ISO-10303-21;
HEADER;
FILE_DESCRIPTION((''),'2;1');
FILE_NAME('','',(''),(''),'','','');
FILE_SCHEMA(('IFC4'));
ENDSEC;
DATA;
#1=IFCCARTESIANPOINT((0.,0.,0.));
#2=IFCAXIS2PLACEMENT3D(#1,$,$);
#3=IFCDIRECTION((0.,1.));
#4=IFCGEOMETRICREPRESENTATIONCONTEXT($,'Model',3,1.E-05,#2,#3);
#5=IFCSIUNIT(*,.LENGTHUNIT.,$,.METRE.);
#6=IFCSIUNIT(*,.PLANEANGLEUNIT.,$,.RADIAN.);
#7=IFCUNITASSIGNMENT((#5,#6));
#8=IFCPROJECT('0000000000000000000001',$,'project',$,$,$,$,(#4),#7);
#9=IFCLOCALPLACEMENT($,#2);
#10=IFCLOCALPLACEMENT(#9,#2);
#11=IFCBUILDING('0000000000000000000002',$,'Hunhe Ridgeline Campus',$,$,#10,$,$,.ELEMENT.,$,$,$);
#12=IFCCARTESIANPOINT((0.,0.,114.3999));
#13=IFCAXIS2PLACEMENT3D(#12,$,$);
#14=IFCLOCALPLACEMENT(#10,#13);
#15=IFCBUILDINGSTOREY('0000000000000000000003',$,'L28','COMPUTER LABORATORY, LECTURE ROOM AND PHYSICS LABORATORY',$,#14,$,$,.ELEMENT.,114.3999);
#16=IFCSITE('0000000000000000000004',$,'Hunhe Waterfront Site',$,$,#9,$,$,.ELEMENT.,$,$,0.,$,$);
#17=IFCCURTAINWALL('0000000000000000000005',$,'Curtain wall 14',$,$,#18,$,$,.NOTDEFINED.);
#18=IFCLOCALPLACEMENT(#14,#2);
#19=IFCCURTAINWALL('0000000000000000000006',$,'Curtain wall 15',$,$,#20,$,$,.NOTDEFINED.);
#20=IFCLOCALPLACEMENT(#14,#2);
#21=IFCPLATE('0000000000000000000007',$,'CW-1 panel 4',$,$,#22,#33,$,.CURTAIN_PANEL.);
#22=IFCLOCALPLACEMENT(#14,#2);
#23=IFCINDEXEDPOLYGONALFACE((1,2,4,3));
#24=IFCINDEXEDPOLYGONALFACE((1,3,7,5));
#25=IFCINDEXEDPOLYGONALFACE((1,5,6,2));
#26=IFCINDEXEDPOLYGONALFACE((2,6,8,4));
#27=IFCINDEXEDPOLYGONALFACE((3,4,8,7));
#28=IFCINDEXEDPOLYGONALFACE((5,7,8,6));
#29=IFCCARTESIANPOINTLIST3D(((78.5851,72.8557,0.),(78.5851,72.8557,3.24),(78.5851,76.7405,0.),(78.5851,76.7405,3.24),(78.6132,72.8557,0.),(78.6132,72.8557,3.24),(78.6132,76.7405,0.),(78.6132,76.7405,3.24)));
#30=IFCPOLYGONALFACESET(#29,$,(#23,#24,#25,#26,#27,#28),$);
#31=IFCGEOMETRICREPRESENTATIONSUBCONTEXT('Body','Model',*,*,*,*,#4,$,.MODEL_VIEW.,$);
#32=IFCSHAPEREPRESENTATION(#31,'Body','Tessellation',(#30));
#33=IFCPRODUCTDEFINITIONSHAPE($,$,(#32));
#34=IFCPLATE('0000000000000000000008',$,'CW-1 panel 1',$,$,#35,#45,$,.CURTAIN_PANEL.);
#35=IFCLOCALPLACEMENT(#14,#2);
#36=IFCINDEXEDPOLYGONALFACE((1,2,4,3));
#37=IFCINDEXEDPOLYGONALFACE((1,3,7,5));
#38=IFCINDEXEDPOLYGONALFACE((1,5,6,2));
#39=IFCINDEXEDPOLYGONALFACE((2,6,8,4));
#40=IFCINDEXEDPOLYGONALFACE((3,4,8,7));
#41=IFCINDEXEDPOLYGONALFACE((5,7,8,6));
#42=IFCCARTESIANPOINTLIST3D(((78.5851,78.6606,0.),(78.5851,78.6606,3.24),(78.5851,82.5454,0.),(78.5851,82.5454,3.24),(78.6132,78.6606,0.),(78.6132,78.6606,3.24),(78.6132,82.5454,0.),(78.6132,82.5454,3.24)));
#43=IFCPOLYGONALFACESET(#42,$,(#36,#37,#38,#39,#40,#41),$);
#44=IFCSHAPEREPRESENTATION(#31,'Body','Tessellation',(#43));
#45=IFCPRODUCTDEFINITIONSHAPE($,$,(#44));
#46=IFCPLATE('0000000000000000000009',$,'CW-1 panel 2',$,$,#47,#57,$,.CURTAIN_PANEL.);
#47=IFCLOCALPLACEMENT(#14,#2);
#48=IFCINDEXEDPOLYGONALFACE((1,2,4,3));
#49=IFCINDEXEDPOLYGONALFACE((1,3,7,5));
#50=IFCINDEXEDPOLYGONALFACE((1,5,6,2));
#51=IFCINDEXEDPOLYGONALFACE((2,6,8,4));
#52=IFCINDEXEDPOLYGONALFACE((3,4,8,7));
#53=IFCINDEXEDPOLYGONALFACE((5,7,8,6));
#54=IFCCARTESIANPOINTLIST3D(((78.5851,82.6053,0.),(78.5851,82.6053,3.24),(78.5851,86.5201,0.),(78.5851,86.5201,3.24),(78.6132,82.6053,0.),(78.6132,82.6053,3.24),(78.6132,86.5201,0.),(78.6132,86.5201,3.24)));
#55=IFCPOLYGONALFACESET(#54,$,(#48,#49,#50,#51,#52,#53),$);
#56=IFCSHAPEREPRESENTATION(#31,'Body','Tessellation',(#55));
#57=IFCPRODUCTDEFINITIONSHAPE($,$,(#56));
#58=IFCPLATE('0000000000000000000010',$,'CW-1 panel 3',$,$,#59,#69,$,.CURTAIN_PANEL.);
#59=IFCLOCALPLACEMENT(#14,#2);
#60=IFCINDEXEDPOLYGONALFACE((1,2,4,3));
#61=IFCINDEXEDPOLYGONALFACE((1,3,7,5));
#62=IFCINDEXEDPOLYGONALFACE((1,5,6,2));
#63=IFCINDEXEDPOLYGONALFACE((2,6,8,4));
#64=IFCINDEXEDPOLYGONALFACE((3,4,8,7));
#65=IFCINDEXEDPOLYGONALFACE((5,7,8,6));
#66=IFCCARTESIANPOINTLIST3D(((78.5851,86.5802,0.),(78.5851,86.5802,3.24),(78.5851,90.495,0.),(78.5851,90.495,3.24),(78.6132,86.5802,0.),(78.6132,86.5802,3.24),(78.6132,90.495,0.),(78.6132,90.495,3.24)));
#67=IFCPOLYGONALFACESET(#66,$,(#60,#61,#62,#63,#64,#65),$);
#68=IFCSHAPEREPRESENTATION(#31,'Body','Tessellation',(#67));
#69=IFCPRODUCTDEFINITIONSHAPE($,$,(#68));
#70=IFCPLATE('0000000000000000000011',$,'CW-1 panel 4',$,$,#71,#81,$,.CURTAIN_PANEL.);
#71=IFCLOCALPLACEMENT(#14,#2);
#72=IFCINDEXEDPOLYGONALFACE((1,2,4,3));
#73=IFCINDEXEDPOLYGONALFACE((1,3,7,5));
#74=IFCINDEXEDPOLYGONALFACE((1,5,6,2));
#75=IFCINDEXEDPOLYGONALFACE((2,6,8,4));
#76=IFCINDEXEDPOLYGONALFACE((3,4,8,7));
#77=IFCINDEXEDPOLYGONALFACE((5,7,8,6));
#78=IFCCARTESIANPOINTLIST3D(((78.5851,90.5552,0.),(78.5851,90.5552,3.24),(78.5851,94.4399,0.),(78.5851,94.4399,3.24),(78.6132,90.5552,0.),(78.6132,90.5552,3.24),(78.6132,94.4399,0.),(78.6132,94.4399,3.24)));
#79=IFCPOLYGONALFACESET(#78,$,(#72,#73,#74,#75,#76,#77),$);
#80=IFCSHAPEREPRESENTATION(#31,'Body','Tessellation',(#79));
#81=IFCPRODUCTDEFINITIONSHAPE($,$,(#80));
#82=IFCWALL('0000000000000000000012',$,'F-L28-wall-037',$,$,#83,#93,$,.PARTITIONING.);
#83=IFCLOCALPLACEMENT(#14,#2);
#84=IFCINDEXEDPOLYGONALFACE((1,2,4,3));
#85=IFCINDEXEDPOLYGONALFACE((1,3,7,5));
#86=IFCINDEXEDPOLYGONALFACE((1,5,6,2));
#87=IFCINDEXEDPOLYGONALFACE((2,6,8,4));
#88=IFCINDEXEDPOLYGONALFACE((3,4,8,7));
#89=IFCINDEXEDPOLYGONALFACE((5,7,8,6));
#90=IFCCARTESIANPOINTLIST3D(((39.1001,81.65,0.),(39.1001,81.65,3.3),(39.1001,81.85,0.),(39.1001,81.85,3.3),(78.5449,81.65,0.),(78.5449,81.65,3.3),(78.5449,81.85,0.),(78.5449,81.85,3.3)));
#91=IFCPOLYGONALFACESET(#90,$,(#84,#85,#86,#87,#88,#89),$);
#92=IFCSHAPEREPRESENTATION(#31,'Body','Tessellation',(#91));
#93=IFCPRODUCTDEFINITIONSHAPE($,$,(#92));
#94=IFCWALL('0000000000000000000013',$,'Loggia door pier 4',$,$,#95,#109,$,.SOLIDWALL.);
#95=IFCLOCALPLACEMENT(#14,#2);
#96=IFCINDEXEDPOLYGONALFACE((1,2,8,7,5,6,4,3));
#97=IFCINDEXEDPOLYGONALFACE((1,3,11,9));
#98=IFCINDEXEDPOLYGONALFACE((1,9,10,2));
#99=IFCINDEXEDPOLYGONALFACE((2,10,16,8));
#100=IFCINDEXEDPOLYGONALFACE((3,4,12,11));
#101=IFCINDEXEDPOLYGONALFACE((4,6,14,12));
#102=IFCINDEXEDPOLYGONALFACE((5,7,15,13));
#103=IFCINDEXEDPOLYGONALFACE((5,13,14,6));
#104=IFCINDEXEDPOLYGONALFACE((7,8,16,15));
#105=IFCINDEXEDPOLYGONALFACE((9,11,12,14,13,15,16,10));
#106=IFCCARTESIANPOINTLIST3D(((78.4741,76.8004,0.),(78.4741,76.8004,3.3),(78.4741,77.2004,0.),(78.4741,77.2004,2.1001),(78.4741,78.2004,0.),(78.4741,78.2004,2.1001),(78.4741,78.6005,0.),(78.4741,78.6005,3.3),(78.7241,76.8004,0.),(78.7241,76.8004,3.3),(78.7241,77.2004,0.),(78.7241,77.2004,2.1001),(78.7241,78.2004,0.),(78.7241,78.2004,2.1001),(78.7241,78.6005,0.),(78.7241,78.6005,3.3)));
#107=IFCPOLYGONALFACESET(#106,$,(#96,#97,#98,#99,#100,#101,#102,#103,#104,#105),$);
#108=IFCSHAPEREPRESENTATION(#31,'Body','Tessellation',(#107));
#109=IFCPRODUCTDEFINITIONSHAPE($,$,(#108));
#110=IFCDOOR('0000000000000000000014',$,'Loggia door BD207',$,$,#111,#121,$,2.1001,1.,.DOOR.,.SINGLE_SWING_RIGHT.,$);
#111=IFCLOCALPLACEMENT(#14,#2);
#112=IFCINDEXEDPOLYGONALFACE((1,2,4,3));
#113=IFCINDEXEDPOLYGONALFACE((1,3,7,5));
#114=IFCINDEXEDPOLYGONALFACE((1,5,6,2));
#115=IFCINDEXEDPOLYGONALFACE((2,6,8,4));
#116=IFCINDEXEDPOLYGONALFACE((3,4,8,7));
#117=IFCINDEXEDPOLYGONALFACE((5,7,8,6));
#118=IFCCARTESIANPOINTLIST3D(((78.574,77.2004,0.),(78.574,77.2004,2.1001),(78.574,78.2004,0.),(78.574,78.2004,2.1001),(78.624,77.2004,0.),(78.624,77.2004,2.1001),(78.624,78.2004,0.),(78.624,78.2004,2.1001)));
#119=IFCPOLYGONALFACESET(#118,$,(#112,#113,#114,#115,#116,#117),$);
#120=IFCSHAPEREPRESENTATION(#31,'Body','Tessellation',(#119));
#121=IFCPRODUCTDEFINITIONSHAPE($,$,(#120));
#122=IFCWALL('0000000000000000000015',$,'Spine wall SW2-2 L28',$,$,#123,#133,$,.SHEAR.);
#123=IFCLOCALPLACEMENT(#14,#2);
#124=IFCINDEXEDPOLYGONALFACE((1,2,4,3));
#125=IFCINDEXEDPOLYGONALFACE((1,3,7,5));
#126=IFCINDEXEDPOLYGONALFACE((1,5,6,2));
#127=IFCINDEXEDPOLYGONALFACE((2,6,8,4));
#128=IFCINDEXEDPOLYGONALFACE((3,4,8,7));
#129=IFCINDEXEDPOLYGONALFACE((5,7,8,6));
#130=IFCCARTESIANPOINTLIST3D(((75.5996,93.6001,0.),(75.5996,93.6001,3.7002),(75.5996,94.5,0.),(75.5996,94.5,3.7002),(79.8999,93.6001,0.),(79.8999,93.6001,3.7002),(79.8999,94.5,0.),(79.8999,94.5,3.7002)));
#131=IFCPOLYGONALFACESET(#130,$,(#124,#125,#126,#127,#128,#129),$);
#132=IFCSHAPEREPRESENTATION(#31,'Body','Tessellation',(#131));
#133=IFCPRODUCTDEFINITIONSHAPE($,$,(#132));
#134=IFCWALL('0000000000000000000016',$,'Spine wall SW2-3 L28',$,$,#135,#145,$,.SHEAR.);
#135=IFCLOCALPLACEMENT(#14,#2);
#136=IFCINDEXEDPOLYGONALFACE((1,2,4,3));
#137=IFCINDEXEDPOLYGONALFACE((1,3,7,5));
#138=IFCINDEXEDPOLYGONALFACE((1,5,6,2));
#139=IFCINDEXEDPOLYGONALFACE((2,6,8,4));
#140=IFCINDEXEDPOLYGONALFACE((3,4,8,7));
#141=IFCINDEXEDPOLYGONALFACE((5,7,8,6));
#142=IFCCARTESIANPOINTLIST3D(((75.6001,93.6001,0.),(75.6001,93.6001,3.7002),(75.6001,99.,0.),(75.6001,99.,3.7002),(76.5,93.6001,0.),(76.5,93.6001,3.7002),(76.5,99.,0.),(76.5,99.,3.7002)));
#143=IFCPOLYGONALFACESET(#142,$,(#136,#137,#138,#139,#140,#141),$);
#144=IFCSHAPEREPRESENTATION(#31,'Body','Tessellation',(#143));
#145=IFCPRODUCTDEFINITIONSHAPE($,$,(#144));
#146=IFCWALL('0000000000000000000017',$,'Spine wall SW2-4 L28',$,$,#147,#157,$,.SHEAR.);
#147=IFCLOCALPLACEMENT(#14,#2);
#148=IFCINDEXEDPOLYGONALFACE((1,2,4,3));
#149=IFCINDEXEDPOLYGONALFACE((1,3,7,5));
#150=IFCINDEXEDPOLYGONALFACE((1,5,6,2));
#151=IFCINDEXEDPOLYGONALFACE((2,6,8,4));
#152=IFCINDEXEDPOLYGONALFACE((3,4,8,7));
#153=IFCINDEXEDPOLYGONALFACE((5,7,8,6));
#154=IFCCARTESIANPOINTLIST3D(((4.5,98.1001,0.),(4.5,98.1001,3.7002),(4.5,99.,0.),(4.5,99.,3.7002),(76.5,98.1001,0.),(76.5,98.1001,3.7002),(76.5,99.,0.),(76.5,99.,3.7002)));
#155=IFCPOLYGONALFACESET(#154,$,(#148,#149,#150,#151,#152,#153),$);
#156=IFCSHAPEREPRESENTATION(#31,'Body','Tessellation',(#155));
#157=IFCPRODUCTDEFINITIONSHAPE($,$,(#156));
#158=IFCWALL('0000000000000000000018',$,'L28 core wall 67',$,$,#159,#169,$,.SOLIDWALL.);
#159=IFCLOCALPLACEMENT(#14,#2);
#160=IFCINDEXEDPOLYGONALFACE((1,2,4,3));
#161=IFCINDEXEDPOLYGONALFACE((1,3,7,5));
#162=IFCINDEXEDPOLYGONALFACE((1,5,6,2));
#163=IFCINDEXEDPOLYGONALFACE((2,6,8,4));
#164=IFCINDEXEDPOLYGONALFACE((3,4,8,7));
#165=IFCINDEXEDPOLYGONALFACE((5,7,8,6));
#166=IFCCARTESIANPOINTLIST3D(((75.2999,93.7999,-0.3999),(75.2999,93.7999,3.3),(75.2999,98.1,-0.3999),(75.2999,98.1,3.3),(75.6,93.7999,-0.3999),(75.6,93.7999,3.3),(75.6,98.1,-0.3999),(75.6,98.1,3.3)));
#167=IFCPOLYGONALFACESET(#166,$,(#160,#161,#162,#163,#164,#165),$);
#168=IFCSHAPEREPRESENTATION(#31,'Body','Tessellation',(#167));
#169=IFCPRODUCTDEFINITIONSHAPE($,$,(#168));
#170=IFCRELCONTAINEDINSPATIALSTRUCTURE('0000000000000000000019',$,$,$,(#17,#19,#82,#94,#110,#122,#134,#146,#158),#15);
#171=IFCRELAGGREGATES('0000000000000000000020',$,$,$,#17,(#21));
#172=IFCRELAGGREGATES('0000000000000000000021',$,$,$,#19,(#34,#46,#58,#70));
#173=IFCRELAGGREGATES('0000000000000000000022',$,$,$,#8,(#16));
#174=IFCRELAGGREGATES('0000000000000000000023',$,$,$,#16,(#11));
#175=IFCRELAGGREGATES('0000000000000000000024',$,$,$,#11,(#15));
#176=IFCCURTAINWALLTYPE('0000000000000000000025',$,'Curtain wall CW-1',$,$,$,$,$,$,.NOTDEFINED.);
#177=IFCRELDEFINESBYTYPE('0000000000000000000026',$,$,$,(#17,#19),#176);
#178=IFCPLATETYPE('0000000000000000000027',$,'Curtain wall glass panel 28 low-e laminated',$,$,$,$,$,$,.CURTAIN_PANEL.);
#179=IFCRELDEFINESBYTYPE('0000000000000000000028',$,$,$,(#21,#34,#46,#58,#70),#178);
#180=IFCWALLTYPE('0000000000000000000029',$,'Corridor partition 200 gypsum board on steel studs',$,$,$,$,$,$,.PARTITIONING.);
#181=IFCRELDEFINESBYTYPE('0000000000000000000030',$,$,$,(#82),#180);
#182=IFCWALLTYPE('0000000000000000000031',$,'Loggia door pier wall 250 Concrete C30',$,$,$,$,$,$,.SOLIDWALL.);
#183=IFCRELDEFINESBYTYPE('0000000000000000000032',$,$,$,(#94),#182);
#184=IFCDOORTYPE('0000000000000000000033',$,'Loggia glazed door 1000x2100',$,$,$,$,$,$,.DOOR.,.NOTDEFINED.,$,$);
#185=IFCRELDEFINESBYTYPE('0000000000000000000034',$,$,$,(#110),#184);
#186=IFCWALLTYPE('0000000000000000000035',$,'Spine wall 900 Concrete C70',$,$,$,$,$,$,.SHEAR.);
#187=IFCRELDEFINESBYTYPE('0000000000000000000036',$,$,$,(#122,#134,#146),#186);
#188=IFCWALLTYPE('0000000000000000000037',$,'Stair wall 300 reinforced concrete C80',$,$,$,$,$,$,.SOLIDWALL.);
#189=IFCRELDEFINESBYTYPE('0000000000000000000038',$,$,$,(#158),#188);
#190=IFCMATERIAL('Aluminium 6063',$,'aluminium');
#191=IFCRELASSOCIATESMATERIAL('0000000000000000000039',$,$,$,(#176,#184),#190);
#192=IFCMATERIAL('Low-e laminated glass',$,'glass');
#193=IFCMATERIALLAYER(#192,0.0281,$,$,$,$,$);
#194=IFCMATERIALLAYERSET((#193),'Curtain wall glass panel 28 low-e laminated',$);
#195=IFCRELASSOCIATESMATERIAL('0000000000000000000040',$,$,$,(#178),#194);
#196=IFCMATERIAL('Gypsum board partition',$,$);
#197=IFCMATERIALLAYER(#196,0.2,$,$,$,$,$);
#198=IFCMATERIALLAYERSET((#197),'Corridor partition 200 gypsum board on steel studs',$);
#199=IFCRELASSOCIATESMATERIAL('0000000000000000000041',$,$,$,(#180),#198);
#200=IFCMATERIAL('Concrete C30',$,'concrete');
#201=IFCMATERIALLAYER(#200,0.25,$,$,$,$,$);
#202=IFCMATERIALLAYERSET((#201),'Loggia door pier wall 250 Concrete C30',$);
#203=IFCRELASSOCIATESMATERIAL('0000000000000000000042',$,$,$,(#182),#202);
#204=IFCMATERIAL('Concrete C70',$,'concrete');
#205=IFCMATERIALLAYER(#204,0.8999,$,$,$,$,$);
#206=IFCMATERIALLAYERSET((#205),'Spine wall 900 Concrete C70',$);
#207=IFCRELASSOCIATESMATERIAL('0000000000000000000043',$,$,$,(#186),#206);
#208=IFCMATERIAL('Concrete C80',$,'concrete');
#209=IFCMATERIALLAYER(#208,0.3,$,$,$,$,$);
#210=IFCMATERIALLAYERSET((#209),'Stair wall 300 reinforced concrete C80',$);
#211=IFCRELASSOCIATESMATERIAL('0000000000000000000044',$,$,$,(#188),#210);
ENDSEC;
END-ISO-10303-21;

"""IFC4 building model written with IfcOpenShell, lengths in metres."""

from ifc_helpers import new_model, si_unit, direction, frame, frame_2d, origin, origin_2d, place, context, subcontext, project, spatial, rectangle, extrude, material, layer, layer_set, type_object, element, fill, aggregate, save


model = new_model("IFC4")

# Units and contexts
model_context = context("Model", 3, precision=1e-05, world=origin(), true_north=direction((0.0, 1.0)))
body_context = subcontext(model_context, "Body", "Model", "MODEL_VIEW")
ifc_project = project(units=[si_unit("LENGTHUNIT", "METRE"), si_unit("PLANEANGLEUNIT", "RADIAN")], contexts=[model_context])

# Site, building, storey
site_placement = place(None, origin())
site = spatial("IfcSite", under=ifc_project, at=site_placement, Name="Hunhe Waterfront Site", CompositionType="ELEMENT", RefElevation=0.0)
building_placement = place(site_placement, origin())
building = spatial("IfcBuilding", under=site, at=building_placement, Name="Hunhe Ridgeline Campus", CompositionType="ELEMENT")
storey_placement = place(building_placement, frame((0.0, 0.0, 114.3999)))
storey = spatial("IfcBuildingStorey", under=building, at=storey_placement, Name="L28", Description="COMPUTER LABORATORY, LECTURE ROOM AND PHYSICS LABORATORY", CompositionType="ELEMENT", Elevation=114.3999)

# Shared definitions
ifc_material_1 = material(Name="Concrete C70", Category="concrete")

# Curtain wall
ifc_material_2 = material(Name="Aluminium 6063", Category="aluminium")
curtain_wall_type = type_object("IfcCurtainWallType", Name="Curtain wall CW-1", PredefinedType="NOTDEFINED", material=ifc_material_2)
curtain_wall_1_placement = place(storey_placement, origin())
curtain_wall_1 = element("IfcCurtainWall", 1, at=curtain_wall_1_placement, inside=storey, type_object=curtain_wall_type, Name="Curtain wall 14", PredefinedType="NOTDEFINED")

# Curtain wall
curtain_wall_2_placement = place(storey_placement, origin())
curtain_wall_2 = element("IfcCurtainWall", 2, at=curtain_wall_2_placement, inside=storey, type_object=curtain_wall_type, Name="Curtain wall 15", PredefinedType="NOTDEFINED")

# Plates
ifc_material_3 = material(Name="Low-e laminated glass", Category="glass")
ifc_layer_1 = layer(ifc_material_3, 0.0281)
ifc_layer_set_1 = layer_set([ifc_layer_1], Name="Curtain wall glass panel 28 low-e laminated")
plate_type = type_object("IfcPlateType", Name="Curtain wall glass panel 28 low-e laminated", PredefinedType="CURTAIN_PANEL", material=ifc_layer_set_1)
plate_1_placement = place(storey_placement, frame((78.5991, 74.7981, 0.0), z_axis=(0.0, 0.0, 1.0), x_axis=(0.0, 1.0, 0.0)))
plate_1 = element("IfcPlate", 3, at=plate_1_placement, type_object=plate_type, Name="CW-1 panel 4", PredefinedType="CURTAIN_PANEL", context=body_context, shape_type="SweptSolid", body=[
    extrude(rectangle(XDim=3.8848, YDim=0.0281, at=origin_2d()), origin(), (0.0, 0.0, 1.0), 3.24),
])
aggregate(curtain_wall_1, [plate_1])
plate_2_placement = place(storey_placement, frame((78.5991, 80.603, 0.0), z_axis=(0.0, 0.0, 1.0), x_axis=(0.0, 1.0, 0.0)))
plate_2 = element("IfcPlate", 4, at=plate_2_placement, type_object=plate_type, Name="CW-1 panel 1", PredefinedType="CURTAIN_PANEL", context=body_context, shape_type="SweptSolid", body=[
    extrude(rectangle(XDim=3.8848, YDim=0.0281, at=origin_2d()), origin(), (0.0, 0.0, 1.0), 3.24),
])
plate_3_placement = place(storey_placement, frame((78.5991, 84.5627, 0.0), z_axis=(0.0, 0.0, 1.0), x_axis=(0.0, 1.0, 0.0)))
plate_3 = element("IfcPlate", 5, at=plate_3_placement, type_object=plate_type, Name="CW-1 panel 2", PredefinedType="CURTAIN_PANEL", context=body_context, shape_type="SweptSolid", body=[
    extrude(rectangle(XDim=3.9148, YDim=0.0281, at=origin_2d()), origin(), (0.0, 0.0, 1.0), 3.24),
])
plate_4_placement = place(storey_placement, frame((78.5991, 88.5376, 0.0), z_axis=(0.0, 0.0, 1.0), x_axis=(0.0, 1.0, 0.0)))
plate_4 = element("IfcPlate", 6, at=plate_4_placement, type_object=plate_type, Name="CW-1 panel 3", PredefinedType="CURTAIN_PANEL", context=body_context, shape_type="SweptSolid", body=[
    extrude(rectangle(XDim=3.9148, YDim=0.0281, at=origin_2d()), origin(), (0.0, 0.0, 1.0), 3.24),
])
plate_5_placement = place(storey_placement, frame((78.5991, 92.4976, 0.0), z_axis=(0.0, 0.0, 1.0), x_axis=(0.0, 1.0, 0.0)))
plate_5 = element("IfcPlate", 7, at=plate_5_placement, type_object=plate_type, Name="CW-1 panel 4", PredefinedType="CURTAIN_PANEL", context=body_context, shape_type="SweptSolid", body=[
    extrude(rectangle(XDim=3.8848, YDim=0.0281, at=origin_2d()), origin(), (0.0, 0.0, 1.0), 3.24),
])
aggregate(curtain_wall_2, [plate_2, plate_3, plate_4, plate_5])

# Wall
ifc_material_4 = material(Name="Gypsum board partition")
ifc_layer_2 = layer(ifc_material_4, 0.2)
ifc_layer_set_2 = layer_set([ifc_layer_2], Name="Corridor partition 200 gypsum board on steel studs")
wall_type_1 = type_object("IfcWallType", Name="Corridor partition 200 gypsum board on steel studs", PredefinedType="PARTITIONING", material=ifc_layer_set_2)
wall_1_placement = place(storey_placement, frame((78.5449, 81.75, 0.0), z_axis=(0.0, 0.0, 1.0), x_axis=(-1.0, 0.0, 0.0)))
element("IfcWall", 8, at=wall_1_placement, inside=storey, type_object=wall_type_1, Name="F-L28-wall-037", PredefinedType="PARTITIONING", context=body_context, shape_type="SweptSolid", body=[
    extrude(rectangle(XDim=39.4448, YDim=0.2, at=frame_2d((19.7224, 0.0))), origin(), (0.0, 0.0, 1.0), 3.3),
])

# Wall, opening, door
ifc_material_5 = material(Name="Concrete C30", Category="concrete")
ifc_layer_3 = layer(ifc_material_5, 0.25)
ifc_layer_set_3 = layer_set([ifc_layer_3], Name="Loggia door pier wall 250 Concrete C30")
wall_type_2 = type_object("IfcWallType", Name="Loggia door pier wall 250 Concrete C30", PredefinedType="SOLIDWALL", material=ifc_layer_set_3)
wall_2_placement = place(storey_placement, frame((78.5991, 76.8005, 0.0), z_axis=(0.0, 0.0, 1.0), x_axis=(0.0, 1.0, 0.0)))
wall_2 = element("IfcWall", 9, at=wall_2_placement, inside=storey, type_object=wall_type_2, Name="Loggia door pier 4", PredefinedType="SOLIDWALL", context=body_context, shape_type="SweptSolid", body=[
    extrude(rectangle(XDim=1.8, YDim=0.25, at=frame_2d((0.8999, 0.0))), origin(), (0.0, 0.0, 1.0), 3.3),
])
opening_placement = place(wall_2_placement, frame((0.3999, 0.0, 0.0)))
opening = element("IfcOpeningElement", 10, at=opening_placement, cuts=wall_2, PredefinedType="OPENING", context=body_context, shape_type="SweptSolid", body=[
    extrude(rectangle(XDim=1.0, YDim=2.1001, at=frame_2d((0.5, 1.05))), frame((0.0, 0.125, 0.0), z_axis=(0.0, -1.0, 0.0), x_axis=(1.0, 0.0, 0.0)), (0.0, 0.0, 1.0), 0.25),
])
door_type = type_object("IfcDoorType", Name="Loggia glazed door 1000x2100", OperationType="NOTDEFINED", PredefinedType="DOOR", material=ifc_material_2)
door_placement = place(opening_placement, frame((1.0, 0.0, 0.0), z_axis=(0.0, 0.0, 1.0), x_axis=(-1.0, 0.0, 0.0)))
door = element("IfcDoor", 11, at=door_placement, inside=storey, type_object=door_type, Name="Loggia door BD207", OperationType="SINGLE_SWING_RIGHT", OverallHeight=2.1001, OverallWidth=1.0, PredefinedType="DOOR", context=body_context, shape_type="SweptSolid", body=[
    extrude(rectangle(XDim=1.0, YDim=2.1001, at=frame_2d((0.5, 1.05))), frame((0.0, 0.0249, 0.0), z_axis=(0.0, -1.0, 0.0), x_axis=(1.0, 0.0, 0.0)), (0.0, 0.0, 1.0), 0.05),
])
fill(opening, door)

# Walls
ifc_layer_4 = layer(ifc_material_1, 0.8999)
ifc_layer_set_4 = layer_set([ifc_layer_4], Name="Spine wall 900 Concrete C70")
wall_type_3 = type_object("IfcWallType", Name="Spine wall 900 Concrete C70", PredefinedType="SHEAR", material=ifc_layer_set_4)
wall_3_placement = place(storey_placement, frame((79.8999, 94.05, 0.0), z_axis=(0.0, 0.0, 1.0), x_axis=(-1.0, 0.0, 0.0)))
element("IfcWall", 12, at=wall_3_placement, inside=storey, type_object=wall_type_3, Name="Spine wall SW2-2 L28", PredefinedType="SHEAR", context=body_context, shape_type="SweptSolid", body=[
    extrude(rectangle(XDim=4.3003, YDim=0.8999, at=frame_2d((2.1501, 0.0))), origin(), (0.0, 0.0, 1.0), 3.7002),
])
wall_4_placement = place(storey_placement, frame((76.05, 93.6001, 0.0), z_axis=(0.0, 0.0, 1.0), x_axis=(0.0, 1.0, 0.0)))
element("IfcWall", 13, at=wall_4_placement, inside=storey, type_object=wall_type_3, Name="Spine wall SW2-3 L28", PredefinedType="SHEAR", context=body_context, shape_type="SweptSolid", body=[
    extrude(rectangle(XDim=5.3999, YDim=0.8999, at=frame_2d((2.7, 0.0))), origin(), (0.0, 0.0, 1.0), 3.7002),
])
wall_5_placement = place(storey_placement, frame((76.5, 98.55, 0.0), z_axis=(0.0, 0.0, 1.0), x_axis=(-1.0, 0.0, 0.0)))
element("IfcWall", 14, at=wall_5_placement, inside=storey, type_object=wall_type_3, Name="Spine wall SW2-4 L28", PredefinedType="SHEAR", context=body_context, shape_type="SweptSolid", body=[
    extrude(rectangle(XDim=72.0, YDim=0.8999, at=frame_2d((36.0, 0.0))), origin(), (0.0, 0.0, 1.0), 3.7002),
])
ifc_material_6 = material(Name="Concrete C80", Category="concrete")
ifc_layer_5 = layer(ifc_material_6, 0.3)
ifc_layer_set_5 = layer_set([ifc_layer_5], Name="Stair wall 300 reinforced concrete C80")
wall_type_4 = type_object("IfcWallType", Name="Stair wall 300 reinforced concrete C80", PredefinedType="SOLIDWALL", material=ifc_layer_set_5)
wall_6_placement = place(storey_placement, frame((75.45, 93.8, -0.3999), z_axis=(0.0, 0.0, 1.0), x_axis=(0.0, 1.0, 0.0)))
element("IfcWall", 15, at=wall_6_placement, inside=storey, type_object=wall_type_4, Name="L28 core wall 67", PredefinedType="SOLIDWALL", context=body_context, shape_type="SweptSolid", body=[
    extrude(rectangle(XDim=4.3, YDim=0.3, at=frame_2d((2.1499, 0.0))), origin(), (0.0, 0.0, 1.0), 3.7),
])

save(model, "model.ifc")
